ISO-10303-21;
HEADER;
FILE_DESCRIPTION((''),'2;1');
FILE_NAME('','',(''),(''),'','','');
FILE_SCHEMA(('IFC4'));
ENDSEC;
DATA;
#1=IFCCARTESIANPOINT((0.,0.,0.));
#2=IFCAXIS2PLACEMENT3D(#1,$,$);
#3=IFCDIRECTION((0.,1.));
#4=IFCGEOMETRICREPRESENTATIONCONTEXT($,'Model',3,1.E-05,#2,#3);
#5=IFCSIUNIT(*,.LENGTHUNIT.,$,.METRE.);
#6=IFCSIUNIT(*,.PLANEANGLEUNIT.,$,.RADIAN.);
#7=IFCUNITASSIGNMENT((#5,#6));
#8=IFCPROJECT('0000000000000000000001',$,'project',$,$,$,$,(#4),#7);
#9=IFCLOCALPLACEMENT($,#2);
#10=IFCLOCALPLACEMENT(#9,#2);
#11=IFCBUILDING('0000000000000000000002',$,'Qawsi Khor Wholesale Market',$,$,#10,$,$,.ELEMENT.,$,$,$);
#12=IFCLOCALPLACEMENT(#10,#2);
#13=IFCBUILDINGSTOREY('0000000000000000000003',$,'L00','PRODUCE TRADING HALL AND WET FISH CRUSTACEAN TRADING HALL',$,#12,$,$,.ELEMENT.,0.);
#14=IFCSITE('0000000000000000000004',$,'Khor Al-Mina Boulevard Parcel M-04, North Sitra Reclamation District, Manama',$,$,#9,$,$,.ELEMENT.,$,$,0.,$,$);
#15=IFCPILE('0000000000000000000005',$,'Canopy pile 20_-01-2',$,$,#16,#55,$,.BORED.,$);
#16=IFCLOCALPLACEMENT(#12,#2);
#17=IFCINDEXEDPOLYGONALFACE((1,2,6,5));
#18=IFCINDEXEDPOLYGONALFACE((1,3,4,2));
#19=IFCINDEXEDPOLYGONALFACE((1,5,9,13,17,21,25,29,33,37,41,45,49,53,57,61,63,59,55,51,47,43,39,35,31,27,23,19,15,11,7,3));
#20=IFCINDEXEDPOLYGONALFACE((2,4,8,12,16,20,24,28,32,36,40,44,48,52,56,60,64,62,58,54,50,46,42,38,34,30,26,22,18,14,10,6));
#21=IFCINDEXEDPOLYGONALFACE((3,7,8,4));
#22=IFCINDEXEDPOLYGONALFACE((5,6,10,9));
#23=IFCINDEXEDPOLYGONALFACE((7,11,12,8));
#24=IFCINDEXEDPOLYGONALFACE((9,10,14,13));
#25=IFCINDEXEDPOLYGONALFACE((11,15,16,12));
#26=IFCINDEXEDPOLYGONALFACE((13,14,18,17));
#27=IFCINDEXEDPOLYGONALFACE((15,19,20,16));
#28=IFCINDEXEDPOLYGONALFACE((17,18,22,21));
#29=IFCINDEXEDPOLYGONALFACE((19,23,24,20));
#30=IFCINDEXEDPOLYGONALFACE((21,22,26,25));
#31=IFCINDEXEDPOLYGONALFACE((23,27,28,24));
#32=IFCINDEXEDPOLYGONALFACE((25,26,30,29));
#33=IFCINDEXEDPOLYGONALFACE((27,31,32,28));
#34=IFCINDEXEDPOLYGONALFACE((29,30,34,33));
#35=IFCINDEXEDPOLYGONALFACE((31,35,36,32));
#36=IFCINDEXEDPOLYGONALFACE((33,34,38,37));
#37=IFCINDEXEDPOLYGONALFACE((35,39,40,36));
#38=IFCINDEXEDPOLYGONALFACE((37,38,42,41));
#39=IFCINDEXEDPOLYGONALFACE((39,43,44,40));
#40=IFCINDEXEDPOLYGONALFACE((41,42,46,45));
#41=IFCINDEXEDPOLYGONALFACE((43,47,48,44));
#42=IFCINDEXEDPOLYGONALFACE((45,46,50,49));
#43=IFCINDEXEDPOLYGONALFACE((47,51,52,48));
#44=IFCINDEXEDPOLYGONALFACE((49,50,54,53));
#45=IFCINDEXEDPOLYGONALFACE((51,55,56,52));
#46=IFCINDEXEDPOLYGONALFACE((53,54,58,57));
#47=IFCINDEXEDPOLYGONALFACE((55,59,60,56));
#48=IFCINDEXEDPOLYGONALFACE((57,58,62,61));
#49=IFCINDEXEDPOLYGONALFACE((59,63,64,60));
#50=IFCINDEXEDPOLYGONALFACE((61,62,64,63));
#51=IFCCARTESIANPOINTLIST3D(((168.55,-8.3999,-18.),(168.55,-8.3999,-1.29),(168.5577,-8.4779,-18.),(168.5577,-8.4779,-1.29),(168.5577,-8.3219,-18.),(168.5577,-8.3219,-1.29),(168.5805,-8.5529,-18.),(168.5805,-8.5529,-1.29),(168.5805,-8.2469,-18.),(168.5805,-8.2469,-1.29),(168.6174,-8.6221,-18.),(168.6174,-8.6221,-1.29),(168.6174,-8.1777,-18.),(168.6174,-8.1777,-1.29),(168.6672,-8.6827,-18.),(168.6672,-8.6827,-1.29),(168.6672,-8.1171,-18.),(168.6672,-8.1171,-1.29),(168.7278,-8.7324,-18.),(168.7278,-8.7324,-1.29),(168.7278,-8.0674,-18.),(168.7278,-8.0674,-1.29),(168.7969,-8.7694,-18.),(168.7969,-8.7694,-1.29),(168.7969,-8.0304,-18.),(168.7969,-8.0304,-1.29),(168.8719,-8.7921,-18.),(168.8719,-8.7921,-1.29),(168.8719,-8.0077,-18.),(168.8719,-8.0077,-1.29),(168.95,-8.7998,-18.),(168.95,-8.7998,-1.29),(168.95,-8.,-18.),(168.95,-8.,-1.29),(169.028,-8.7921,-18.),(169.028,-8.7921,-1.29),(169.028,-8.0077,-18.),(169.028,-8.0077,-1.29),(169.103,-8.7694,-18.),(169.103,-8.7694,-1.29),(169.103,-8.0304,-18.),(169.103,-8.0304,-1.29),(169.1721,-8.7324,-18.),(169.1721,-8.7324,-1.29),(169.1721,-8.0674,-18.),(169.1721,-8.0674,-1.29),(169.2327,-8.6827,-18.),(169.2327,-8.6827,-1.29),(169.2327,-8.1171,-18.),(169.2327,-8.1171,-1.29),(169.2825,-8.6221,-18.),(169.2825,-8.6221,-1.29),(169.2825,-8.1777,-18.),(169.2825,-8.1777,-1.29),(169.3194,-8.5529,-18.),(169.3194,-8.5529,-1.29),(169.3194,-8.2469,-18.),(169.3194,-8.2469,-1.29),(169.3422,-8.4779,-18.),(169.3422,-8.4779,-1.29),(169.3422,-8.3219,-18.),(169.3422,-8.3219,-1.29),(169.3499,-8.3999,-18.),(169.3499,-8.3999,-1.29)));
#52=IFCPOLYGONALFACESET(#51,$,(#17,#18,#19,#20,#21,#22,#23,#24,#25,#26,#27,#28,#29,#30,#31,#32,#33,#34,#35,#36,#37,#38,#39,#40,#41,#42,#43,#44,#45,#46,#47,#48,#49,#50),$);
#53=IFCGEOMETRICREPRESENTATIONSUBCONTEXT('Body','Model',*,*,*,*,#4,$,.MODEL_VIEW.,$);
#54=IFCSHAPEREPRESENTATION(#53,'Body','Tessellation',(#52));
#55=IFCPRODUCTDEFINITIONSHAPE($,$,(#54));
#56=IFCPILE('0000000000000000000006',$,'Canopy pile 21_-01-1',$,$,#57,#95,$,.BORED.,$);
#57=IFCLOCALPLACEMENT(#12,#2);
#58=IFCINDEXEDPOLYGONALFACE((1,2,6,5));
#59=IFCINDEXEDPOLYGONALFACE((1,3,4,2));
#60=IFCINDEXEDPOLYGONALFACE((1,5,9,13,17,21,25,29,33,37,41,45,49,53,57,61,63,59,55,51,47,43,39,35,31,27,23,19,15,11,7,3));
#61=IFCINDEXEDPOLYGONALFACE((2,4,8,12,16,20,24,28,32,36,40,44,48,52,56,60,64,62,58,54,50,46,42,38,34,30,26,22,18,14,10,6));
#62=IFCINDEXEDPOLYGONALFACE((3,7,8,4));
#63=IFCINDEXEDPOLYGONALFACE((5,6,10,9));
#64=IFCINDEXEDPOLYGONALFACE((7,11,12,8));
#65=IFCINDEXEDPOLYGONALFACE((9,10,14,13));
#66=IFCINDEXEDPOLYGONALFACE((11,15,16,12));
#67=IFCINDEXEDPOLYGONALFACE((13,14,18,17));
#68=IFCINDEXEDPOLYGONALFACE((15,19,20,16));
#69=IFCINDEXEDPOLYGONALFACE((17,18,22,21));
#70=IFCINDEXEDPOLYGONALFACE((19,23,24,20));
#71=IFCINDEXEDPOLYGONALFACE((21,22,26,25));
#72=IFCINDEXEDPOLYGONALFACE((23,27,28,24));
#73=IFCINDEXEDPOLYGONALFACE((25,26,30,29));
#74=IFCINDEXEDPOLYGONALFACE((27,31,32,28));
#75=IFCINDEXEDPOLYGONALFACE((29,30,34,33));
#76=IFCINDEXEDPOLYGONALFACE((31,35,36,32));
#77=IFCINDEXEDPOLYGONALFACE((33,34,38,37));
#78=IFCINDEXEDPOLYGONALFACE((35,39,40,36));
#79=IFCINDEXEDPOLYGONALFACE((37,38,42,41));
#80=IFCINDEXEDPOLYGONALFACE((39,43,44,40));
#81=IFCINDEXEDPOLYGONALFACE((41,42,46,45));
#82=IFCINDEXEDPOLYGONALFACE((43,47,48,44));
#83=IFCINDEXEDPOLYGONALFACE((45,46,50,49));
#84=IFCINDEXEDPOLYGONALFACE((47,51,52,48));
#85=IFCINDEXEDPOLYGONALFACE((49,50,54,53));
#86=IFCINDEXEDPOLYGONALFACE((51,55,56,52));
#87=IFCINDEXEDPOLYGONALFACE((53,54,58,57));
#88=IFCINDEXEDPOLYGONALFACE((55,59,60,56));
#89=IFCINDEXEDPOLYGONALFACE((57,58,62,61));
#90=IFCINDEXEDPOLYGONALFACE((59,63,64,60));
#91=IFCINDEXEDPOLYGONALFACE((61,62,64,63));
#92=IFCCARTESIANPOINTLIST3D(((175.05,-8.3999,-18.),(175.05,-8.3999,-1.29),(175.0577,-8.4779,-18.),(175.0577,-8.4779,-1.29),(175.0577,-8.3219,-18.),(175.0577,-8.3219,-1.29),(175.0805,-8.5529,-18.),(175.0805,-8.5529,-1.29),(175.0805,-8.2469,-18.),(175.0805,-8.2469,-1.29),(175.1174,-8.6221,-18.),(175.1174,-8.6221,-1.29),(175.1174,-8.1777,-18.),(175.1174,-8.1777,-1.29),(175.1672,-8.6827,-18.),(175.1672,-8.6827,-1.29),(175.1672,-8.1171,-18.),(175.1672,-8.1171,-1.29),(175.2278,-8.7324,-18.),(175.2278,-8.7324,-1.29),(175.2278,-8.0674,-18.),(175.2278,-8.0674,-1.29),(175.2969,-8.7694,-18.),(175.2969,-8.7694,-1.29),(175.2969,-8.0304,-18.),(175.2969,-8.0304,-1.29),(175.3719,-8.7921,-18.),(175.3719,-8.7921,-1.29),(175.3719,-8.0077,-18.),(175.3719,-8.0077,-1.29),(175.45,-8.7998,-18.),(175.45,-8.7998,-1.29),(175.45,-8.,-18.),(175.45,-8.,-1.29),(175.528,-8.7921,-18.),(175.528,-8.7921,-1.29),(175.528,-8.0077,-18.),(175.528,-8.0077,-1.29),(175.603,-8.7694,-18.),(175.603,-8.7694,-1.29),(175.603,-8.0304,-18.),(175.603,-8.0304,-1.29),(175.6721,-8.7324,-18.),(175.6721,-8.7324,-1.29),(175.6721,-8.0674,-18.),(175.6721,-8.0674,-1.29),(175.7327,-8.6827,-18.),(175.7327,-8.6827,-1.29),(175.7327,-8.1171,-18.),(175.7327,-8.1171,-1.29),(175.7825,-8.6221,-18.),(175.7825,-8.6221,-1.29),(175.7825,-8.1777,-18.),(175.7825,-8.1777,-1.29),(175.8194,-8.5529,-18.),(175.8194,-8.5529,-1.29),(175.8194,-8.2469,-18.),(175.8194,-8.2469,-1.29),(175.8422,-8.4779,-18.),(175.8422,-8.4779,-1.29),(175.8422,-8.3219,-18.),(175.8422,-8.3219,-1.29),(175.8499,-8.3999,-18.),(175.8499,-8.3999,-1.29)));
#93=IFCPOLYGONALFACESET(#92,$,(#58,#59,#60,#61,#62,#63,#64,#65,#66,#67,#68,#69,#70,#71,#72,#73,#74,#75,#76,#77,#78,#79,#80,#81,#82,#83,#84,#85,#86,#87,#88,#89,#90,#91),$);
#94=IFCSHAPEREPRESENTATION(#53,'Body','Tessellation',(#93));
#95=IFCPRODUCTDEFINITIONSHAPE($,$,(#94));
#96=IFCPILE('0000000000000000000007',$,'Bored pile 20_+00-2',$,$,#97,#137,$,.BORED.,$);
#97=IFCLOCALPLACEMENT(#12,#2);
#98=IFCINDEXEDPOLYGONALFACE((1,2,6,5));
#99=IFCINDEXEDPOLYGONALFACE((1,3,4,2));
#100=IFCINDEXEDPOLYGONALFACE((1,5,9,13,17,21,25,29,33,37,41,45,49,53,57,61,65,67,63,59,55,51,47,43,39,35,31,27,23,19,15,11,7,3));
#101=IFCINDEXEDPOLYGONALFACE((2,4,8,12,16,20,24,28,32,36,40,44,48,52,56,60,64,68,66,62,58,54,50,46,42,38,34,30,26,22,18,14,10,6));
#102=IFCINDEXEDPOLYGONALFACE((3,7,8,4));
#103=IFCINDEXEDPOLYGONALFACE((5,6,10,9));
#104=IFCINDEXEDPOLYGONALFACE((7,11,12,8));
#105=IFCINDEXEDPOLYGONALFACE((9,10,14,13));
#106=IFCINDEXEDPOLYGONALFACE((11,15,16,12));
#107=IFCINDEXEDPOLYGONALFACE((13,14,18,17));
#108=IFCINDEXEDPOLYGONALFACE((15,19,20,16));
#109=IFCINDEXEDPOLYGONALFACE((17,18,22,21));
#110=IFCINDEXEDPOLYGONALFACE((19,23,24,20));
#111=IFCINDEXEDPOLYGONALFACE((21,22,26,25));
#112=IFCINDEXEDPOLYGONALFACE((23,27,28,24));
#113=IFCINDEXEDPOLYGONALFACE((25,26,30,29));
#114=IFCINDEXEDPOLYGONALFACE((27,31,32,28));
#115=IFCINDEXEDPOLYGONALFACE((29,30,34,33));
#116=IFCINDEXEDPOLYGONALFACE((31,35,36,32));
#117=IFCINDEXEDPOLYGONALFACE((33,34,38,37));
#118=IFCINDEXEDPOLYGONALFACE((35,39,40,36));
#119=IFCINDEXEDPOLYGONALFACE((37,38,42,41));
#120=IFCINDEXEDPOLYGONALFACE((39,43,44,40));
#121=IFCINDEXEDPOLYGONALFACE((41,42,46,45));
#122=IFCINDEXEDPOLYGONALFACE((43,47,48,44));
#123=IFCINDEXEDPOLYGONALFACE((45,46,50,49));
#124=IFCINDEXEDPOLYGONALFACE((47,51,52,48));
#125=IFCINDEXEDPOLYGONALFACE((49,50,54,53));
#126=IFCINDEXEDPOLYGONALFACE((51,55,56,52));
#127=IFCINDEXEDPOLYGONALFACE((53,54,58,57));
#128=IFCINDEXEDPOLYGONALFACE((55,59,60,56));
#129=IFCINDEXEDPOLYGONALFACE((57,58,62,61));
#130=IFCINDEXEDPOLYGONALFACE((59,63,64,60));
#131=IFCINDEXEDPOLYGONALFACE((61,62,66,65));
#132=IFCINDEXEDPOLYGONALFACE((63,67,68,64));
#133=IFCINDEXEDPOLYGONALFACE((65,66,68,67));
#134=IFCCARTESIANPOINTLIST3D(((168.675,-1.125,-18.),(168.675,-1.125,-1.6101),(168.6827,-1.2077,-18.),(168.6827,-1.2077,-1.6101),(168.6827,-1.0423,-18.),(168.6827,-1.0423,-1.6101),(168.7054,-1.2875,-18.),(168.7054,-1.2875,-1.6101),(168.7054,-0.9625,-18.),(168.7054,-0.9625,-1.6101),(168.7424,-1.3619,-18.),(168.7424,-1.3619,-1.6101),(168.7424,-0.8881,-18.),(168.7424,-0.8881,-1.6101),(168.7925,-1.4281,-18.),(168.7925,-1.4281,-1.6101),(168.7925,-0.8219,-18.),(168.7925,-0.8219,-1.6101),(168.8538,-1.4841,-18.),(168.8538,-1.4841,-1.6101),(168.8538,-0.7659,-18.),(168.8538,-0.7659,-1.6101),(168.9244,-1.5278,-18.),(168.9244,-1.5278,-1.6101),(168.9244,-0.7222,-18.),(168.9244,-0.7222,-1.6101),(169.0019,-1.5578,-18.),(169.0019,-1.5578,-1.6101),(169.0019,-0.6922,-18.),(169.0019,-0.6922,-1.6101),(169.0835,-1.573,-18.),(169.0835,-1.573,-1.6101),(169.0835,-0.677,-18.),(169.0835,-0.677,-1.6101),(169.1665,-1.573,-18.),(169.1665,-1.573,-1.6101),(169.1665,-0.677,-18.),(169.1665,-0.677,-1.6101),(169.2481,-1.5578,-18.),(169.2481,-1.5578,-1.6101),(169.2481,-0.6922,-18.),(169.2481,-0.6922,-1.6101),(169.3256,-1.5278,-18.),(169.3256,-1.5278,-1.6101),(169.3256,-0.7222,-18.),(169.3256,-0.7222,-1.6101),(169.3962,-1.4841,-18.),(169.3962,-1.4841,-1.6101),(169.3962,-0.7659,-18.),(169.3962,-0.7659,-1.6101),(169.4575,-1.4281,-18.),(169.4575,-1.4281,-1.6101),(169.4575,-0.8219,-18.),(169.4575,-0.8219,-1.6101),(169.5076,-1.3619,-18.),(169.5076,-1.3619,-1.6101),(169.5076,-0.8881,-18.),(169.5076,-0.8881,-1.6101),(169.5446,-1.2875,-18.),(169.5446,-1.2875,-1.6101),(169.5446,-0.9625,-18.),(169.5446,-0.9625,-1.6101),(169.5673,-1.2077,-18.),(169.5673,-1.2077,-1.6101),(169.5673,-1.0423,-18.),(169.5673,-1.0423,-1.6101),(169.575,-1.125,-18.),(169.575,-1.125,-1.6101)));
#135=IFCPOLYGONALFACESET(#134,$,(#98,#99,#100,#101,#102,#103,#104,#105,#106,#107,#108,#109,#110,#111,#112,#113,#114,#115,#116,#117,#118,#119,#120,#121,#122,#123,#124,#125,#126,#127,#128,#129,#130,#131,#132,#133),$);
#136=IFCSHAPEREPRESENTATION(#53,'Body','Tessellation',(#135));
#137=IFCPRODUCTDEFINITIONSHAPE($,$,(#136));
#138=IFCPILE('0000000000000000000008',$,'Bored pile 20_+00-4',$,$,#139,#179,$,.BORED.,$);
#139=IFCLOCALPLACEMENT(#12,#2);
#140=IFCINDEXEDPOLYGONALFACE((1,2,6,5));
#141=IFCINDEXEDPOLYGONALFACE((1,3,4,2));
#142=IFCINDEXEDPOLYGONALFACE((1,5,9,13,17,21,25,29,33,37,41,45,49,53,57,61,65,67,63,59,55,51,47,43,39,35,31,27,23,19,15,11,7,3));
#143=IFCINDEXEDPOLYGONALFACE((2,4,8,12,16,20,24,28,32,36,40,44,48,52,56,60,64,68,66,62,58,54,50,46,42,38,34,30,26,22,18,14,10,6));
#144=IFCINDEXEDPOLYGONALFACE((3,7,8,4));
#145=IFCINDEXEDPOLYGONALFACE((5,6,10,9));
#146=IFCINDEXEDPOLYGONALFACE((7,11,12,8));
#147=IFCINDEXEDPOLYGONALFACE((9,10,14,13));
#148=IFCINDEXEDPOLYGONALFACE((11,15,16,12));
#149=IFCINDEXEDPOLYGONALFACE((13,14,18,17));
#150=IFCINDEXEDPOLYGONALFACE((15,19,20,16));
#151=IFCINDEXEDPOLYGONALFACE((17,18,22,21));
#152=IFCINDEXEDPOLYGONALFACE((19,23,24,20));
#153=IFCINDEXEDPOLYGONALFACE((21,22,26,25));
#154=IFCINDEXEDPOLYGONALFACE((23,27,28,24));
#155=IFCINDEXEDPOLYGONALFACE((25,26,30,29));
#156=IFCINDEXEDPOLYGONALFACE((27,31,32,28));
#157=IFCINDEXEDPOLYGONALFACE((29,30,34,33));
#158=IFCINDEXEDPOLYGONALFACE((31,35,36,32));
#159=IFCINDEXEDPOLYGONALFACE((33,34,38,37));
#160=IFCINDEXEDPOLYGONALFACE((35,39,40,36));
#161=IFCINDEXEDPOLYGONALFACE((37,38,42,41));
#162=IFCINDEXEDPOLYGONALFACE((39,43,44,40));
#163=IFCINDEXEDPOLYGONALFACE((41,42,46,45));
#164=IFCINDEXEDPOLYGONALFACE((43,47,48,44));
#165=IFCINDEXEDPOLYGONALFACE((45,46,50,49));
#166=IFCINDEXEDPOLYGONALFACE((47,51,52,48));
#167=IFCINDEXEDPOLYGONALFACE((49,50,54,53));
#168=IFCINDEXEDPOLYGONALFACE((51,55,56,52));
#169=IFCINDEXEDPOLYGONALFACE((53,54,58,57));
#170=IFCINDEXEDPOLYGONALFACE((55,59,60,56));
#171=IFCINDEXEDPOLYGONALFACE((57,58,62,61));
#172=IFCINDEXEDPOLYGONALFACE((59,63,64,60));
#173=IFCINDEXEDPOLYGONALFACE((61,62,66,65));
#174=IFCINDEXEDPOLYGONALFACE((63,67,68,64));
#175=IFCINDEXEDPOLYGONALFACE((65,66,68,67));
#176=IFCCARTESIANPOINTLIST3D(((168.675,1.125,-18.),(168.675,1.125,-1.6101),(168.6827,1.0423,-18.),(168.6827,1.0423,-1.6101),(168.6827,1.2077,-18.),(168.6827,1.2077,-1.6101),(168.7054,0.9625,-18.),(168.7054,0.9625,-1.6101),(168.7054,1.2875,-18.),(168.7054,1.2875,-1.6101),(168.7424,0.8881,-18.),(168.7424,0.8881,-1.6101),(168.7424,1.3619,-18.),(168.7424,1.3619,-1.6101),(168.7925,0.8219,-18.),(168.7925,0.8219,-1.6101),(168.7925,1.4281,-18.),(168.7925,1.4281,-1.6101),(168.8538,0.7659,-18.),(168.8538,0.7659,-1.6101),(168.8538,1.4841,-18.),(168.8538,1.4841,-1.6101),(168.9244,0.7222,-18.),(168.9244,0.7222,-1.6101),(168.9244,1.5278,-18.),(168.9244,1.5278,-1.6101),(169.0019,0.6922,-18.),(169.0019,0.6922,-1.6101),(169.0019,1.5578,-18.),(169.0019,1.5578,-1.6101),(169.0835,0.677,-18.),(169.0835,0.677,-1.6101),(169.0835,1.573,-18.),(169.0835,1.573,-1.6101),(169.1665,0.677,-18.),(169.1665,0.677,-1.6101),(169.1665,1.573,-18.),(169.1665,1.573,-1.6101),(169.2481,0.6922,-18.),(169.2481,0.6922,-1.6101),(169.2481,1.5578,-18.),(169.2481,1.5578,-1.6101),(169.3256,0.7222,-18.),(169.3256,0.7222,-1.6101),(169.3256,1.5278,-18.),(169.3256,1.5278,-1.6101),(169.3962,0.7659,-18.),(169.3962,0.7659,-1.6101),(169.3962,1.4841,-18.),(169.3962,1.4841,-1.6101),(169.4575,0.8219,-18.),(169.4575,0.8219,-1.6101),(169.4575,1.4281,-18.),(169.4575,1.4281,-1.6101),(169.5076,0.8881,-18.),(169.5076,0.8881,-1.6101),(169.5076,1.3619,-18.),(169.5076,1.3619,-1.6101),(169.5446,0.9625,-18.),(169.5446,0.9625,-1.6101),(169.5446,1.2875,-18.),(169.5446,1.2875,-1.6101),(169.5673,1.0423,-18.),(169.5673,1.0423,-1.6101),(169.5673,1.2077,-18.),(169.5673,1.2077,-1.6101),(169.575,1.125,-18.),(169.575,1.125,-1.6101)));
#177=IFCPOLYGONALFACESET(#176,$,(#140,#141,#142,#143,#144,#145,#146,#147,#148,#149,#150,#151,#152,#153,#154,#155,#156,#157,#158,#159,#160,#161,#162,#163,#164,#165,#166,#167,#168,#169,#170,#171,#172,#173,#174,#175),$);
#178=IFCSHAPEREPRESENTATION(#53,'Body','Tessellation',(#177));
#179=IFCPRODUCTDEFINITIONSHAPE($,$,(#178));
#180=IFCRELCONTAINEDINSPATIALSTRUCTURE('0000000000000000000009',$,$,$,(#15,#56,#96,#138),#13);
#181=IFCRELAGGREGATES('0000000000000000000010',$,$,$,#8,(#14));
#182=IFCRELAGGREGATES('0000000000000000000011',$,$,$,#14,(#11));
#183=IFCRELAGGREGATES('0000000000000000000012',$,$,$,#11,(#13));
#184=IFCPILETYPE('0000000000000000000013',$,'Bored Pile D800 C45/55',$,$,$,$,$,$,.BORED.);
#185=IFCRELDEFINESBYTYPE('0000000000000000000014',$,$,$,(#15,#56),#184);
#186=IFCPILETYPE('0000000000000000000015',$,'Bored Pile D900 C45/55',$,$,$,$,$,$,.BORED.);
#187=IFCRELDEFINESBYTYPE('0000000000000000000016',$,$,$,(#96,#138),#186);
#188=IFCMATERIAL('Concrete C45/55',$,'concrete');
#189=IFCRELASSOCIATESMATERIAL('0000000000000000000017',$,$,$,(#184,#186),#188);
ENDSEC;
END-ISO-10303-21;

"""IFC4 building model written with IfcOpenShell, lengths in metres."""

from ifc_helpers import new_model, si_unit, direction, frame, origin, origin_2d, place, context, subcontext, project, spatial, circle, extrude, material, material_profile, profile_set, type_object, element, save


model = new_model("IFC4")

# Units and contexts
model_context = context("Model", 3, precision=1e-05, world=origin(), true_north=direction((0.0, 1.0)))
body_context = subcontext(model_context, "Body", "Model", "MODEL_VIEW")
ifc_project = project(units=[si_unit("LENGTHUNIT", "METRE"), si_unit("PLANEANGLEUNIT", "RADIAN")], contexts=[model_context])

# Site, building, storey
site_placement = place(None, origin())
site = spatial("IfcSite", under=ifc_project, at=site_placement, Name="Khor Al-Mina Boulevard Parcel M-04, North Sitra Reclamation District, Manama", CompositionType="ELEMENT", RefElevation=0.0)
building_placement = place(site_placement, origin())
building = spatial("IfcBuilding", under=site, at=building_placement, Name="Qawsi Khor Wholesale Market", CompositionType="ELEMENT")
storey_placement = place(building_placement, origin())
storey = spatial("IfcBuildingStorey", under=building, at=storey_placement, Name="L00", Description="PRODUCE TRADING HALL AND WET FISH CRUSTACEAN TRADING HALL", CompositionType="ELEMENT", Elevation=0.0)

# Piles
ifc_material_1 = material(Name="Concrete C45/55", Category="concrete")
ifc_material_profile_1 = material_profile(ifc_material_1, circle(Radius=0.3999, at=origin_2d()), Name="PILE D800")
ifc_profile_set_1 = profile_set([ifc_material_profile_1], Name="Concrete C45/55")
pile_type_1 = type_object("IfcPileType", Name="Bored Pile D800 C45/55", PredefinedType="BORED", material=ifc_profile_set_1)
for number, where, z_axis, x_axis, name in (
    (1, (168.95, -8.3999, -1.29), (0.0, 0.0, -1.0), (1.0, 0.0, 0.0), "Canopy pile 20_-01-2"),
    (2, (175.45, -8.3999, -1.29), (0.0, 0.0, -1.0), (1.0, 0.0, 0.0), "Canopy pile 21_-01-1"),
):
    element("IfcPile", number, at=place(storey_placement, frame(where, z_axis=z_axis, x_axis=x_axis)), inside=storey, type_object=pile_type_1, Name=name, PredefinedType="BORED", context=body_context, shape_type="SweptSolid", body=[
        extrude(circle(Radius=0.3999, at=origin_2d()), origin(), (0.0, 0.0, 1.0), 16.71),
    ])
ifc_material_profile_2 = material_profile(ifc_material_1, circle(Radius=0.45, at=origin_2d()), Name="PILE D900")
ifc_profile_set_2 = profile_set([ifc_material_profile_2], Name="Concrete C45/55")
pile_type_2 = type_object("IfcPileType", Name="Bored Pile D900 C45/55", PredefinedType="BORED", material=ifc_profile_set_2)
for number, where, z_axis, x_axis, name in (
    (3, (169.125, -1.125, -1.6101), (0.0, 0.0, -1.0), (1.0, 0.0, 0.0), "Bored pile 20_+00-2"),
    (4, (169.125, 1.125, -1.6101), (0.0, 0.0, -1.0), (1.0, 0.0, 0.0), "Bored pile 20_+00-4"),
):
    element("IfcPile", number, at=place(storey_placement, frame(where, z_axis=z_axis, x_axis=x_axis)), inside=storey, type_object=pile_type_2, Name=name, PredefinedType="BORED", context=body_context, shape_type="SweptSolid", body=[
        extrude(circle(Radius=0.45, at=origin_2d()), origin(), (0.0, 0.0, 1.0), 16.3899),
    ])

save(model, "model.ifc")
